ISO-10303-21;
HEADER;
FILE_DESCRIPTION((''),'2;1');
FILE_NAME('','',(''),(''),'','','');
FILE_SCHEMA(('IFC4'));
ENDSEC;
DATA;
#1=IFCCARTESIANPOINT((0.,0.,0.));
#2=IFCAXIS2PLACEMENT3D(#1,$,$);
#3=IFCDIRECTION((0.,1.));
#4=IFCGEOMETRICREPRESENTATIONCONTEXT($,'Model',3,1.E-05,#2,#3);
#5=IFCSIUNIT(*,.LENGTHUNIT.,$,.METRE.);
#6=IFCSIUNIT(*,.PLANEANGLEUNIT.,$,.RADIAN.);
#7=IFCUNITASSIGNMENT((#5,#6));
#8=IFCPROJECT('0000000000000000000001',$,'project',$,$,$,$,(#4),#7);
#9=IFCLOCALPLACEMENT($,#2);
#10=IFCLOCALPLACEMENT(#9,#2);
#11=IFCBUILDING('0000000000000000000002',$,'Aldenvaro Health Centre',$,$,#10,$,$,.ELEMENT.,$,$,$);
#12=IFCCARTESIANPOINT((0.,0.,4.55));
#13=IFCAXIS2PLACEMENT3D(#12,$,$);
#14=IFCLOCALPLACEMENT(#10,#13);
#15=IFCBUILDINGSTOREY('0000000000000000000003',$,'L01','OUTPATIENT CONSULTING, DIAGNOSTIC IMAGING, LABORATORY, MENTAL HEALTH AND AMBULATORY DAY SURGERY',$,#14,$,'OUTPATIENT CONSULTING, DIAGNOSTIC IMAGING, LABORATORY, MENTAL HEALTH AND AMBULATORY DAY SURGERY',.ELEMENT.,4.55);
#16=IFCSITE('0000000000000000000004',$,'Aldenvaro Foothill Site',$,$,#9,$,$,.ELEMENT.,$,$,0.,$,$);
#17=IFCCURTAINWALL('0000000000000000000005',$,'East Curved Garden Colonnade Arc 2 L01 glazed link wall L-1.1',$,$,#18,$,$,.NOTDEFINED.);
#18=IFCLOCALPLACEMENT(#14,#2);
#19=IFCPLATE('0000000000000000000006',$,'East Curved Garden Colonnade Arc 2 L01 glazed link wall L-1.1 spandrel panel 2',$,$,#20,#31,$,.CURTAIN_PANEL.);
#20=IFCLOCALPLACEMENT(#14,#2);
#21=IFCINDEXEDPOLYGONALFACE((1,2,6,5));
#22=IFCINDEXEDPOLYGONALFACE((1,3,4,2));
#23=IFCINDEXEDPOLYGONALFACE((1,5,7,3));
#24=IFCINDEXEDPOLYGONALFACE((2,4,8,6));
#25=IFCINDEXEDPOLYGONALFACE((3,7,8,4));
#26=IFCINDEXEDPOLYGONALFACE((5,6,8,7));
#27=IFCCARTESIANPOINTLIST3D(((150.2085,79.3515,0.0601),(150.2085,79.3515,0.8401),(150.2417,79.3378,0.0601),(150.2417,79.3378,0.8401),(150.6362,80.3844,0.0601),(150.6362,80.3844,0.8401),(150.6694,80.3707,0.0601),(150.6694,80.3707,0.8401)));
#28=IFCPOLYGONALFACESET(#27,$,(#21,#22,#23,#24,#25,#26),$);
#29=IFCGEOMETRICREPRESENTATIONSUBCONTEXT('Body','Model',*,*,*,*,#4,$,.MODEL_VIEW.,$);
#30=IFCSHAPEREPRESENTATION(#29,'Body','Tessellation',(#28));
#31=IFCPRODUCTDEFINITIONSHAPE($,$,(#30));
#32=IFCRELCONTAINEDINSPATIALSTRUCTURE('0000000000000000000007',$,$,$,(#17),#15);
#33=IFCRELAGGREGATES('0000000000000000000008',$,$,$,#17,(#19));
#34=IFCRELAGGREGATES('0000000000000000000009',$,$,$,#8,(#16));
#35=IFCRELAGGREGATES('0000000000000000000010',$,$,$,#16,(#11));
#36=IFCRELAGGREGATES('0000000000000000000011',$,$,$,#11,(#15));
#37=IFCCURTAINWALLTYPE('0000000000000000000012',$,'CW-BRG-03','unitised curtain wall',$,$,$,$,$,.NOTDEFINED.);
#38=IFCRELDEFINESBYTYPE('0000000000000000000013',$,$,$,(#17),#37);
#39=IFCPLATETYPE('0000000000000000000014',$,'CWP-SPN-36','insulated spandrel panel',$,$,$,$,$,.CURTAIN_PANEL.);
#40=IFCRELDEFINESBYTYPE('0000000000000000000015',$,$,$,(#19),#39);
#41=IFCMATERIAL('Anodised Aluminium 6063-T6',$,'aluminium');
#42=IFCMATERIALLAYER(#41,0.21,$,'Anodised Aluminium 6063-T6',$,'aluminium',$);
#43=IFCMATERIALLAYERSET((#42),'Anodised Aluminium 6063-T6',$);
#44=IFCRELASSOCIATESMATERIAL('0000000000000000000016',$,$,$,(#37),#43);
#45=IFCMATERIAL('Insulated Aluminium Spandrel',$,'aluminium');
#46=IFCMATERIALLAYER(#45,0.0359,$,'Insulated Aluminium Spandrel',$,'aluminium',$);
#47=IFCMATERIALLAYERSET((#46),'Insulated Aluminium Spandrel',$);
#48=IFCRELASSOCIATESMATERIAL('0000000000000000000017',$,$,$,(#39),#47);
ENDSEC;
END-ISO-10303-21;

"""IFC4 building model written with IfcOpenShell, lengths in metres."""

from ifc_helpers import new_model, si_unit, direction, frame, origin, origin_2d, place, context, subcontext, project, spatial, rectangle, extrude, material, layer, layer_set, type_object, element, aggregate, save


model = new_model("IFC4")

# Units and contexts
model_context = context("Model", 3, precision=1e-05, world=origin(), true_north=direction((0.0, 1.0)))
body_context = subcontext(model_context, "Body", "Model", "MODEL_VIEW")
ifc_project = project(units=[si_unit("LENGTHUNIT", "METRE"), si_unit("PLANEANGLEUNIT", "RADIAN")], contexts=[model_context])

# Site, building, storey
site_placement = place(None, origin())
site = spatial("IfcSite", under=ifc_project, at=site_placement, Name="Aldenvaro Foothill Site", CompositionType="ELEMENT", RefElevation=0.0)
building_placement = place(site_placement, origin())
building = spatial("IfcBuilding", under=site, at=building_placement, Name="Aldenvaro Health Centre", CompositionType="ELEMENT")
storey_placement = place(building_placement, frame((0.0, 0.0, 4.55)))
storey = spatial("IfcBuildingStorey", under=building, at=storey_placement, Name="L01", Description="OUTPATIENT CONSULTING, DIAGNOSTIC IMAGING, LABORATORY, MENTAL HEALTH AND AMBULATORY DAY SURGERY", LongName="OUTPATIENT CONSULTING, DIAGNOSTIC IMAGING, LABORATORY, MENTAL HEALTH AND AMBULATORY DAY SURGERY", CompositionType="ELEMENT", Elevation=4.55)

# Curtain wall
ifc_material_1 = material(Name="Anodised Aluminium 6063-T6", Category="aluminium")
ifc_layer_1 = layer(ifc_material_1, 0.21, Name="Anodised Aluminium 6063-T6", Category="aluminium")
ifc_layer_set_1 = layer_set([ifc_layer_1], Name="Anodised Aluminium 6063-T6")
curtain_wall_type = type_object("IfcCurtainWallType", Name="CW-BRG-03", Description="unitised curtain wall", PredefinedType="NOTDEFINED", material=ifc_layer_set_1)
curtain_wall_1_placement = place(storey_placement, origin())
curtain_wall_1 = element("IfcCurtainWall", 1, at=curtain_wall_1_placement, inside=storey, type_object=curtain_wall_type, Name="East Curved Garden Colonnade Arc 2 L01 glazed link wall L-1.1", PredefinedType="NOTDEFINED")

# Plate
ifc_material_2 = material(Name="Insulated Aluminium Spandrel", Category="aluminium")
ifc_layer_2 = layer(ifc_material_2, 0.0359, Name="Insulated Aluminium Spandrel", Category="aluminium")
ifc_layer_set_2 = layer_set([ifc_layer_2], Name="Insulated Aluminium Spandrel")
plate_type_1 = type_object("IfcPlateType", Name="CWP-SPN-36", Description="insulated spandrel panel", PredefinedType="CURTAIN_PANEL", material=ifc_layer_set_2)
plate_1_placement = place(storey_placement, frame((150.439, 79.8611, 0.0601), z_axis=(0.0, 0.0, 1.0), x_axis=(-0.382562, -0.92393, 0.0)))
plate_1 = element("IfcPlate", 2, at=plate_1_placement, type_object=plate_type_1, Name="East Curved Garden Colonnade Arc 2 L01 glazed link wall L-1.1 spandrel panel 2", PredefinedType="CURTAIN_PANEL", context=body_context, shape_type="SweptSolid", body=[
    extrude(rectangle(XDim=1.1179, YDim=0.0359, at=origin_2d()), origin(), (0.0, 0.0, 1.0), 0.78),
])
aggregate(curtain_wall_1, [plate_1])

save(model, "model.ifc")
